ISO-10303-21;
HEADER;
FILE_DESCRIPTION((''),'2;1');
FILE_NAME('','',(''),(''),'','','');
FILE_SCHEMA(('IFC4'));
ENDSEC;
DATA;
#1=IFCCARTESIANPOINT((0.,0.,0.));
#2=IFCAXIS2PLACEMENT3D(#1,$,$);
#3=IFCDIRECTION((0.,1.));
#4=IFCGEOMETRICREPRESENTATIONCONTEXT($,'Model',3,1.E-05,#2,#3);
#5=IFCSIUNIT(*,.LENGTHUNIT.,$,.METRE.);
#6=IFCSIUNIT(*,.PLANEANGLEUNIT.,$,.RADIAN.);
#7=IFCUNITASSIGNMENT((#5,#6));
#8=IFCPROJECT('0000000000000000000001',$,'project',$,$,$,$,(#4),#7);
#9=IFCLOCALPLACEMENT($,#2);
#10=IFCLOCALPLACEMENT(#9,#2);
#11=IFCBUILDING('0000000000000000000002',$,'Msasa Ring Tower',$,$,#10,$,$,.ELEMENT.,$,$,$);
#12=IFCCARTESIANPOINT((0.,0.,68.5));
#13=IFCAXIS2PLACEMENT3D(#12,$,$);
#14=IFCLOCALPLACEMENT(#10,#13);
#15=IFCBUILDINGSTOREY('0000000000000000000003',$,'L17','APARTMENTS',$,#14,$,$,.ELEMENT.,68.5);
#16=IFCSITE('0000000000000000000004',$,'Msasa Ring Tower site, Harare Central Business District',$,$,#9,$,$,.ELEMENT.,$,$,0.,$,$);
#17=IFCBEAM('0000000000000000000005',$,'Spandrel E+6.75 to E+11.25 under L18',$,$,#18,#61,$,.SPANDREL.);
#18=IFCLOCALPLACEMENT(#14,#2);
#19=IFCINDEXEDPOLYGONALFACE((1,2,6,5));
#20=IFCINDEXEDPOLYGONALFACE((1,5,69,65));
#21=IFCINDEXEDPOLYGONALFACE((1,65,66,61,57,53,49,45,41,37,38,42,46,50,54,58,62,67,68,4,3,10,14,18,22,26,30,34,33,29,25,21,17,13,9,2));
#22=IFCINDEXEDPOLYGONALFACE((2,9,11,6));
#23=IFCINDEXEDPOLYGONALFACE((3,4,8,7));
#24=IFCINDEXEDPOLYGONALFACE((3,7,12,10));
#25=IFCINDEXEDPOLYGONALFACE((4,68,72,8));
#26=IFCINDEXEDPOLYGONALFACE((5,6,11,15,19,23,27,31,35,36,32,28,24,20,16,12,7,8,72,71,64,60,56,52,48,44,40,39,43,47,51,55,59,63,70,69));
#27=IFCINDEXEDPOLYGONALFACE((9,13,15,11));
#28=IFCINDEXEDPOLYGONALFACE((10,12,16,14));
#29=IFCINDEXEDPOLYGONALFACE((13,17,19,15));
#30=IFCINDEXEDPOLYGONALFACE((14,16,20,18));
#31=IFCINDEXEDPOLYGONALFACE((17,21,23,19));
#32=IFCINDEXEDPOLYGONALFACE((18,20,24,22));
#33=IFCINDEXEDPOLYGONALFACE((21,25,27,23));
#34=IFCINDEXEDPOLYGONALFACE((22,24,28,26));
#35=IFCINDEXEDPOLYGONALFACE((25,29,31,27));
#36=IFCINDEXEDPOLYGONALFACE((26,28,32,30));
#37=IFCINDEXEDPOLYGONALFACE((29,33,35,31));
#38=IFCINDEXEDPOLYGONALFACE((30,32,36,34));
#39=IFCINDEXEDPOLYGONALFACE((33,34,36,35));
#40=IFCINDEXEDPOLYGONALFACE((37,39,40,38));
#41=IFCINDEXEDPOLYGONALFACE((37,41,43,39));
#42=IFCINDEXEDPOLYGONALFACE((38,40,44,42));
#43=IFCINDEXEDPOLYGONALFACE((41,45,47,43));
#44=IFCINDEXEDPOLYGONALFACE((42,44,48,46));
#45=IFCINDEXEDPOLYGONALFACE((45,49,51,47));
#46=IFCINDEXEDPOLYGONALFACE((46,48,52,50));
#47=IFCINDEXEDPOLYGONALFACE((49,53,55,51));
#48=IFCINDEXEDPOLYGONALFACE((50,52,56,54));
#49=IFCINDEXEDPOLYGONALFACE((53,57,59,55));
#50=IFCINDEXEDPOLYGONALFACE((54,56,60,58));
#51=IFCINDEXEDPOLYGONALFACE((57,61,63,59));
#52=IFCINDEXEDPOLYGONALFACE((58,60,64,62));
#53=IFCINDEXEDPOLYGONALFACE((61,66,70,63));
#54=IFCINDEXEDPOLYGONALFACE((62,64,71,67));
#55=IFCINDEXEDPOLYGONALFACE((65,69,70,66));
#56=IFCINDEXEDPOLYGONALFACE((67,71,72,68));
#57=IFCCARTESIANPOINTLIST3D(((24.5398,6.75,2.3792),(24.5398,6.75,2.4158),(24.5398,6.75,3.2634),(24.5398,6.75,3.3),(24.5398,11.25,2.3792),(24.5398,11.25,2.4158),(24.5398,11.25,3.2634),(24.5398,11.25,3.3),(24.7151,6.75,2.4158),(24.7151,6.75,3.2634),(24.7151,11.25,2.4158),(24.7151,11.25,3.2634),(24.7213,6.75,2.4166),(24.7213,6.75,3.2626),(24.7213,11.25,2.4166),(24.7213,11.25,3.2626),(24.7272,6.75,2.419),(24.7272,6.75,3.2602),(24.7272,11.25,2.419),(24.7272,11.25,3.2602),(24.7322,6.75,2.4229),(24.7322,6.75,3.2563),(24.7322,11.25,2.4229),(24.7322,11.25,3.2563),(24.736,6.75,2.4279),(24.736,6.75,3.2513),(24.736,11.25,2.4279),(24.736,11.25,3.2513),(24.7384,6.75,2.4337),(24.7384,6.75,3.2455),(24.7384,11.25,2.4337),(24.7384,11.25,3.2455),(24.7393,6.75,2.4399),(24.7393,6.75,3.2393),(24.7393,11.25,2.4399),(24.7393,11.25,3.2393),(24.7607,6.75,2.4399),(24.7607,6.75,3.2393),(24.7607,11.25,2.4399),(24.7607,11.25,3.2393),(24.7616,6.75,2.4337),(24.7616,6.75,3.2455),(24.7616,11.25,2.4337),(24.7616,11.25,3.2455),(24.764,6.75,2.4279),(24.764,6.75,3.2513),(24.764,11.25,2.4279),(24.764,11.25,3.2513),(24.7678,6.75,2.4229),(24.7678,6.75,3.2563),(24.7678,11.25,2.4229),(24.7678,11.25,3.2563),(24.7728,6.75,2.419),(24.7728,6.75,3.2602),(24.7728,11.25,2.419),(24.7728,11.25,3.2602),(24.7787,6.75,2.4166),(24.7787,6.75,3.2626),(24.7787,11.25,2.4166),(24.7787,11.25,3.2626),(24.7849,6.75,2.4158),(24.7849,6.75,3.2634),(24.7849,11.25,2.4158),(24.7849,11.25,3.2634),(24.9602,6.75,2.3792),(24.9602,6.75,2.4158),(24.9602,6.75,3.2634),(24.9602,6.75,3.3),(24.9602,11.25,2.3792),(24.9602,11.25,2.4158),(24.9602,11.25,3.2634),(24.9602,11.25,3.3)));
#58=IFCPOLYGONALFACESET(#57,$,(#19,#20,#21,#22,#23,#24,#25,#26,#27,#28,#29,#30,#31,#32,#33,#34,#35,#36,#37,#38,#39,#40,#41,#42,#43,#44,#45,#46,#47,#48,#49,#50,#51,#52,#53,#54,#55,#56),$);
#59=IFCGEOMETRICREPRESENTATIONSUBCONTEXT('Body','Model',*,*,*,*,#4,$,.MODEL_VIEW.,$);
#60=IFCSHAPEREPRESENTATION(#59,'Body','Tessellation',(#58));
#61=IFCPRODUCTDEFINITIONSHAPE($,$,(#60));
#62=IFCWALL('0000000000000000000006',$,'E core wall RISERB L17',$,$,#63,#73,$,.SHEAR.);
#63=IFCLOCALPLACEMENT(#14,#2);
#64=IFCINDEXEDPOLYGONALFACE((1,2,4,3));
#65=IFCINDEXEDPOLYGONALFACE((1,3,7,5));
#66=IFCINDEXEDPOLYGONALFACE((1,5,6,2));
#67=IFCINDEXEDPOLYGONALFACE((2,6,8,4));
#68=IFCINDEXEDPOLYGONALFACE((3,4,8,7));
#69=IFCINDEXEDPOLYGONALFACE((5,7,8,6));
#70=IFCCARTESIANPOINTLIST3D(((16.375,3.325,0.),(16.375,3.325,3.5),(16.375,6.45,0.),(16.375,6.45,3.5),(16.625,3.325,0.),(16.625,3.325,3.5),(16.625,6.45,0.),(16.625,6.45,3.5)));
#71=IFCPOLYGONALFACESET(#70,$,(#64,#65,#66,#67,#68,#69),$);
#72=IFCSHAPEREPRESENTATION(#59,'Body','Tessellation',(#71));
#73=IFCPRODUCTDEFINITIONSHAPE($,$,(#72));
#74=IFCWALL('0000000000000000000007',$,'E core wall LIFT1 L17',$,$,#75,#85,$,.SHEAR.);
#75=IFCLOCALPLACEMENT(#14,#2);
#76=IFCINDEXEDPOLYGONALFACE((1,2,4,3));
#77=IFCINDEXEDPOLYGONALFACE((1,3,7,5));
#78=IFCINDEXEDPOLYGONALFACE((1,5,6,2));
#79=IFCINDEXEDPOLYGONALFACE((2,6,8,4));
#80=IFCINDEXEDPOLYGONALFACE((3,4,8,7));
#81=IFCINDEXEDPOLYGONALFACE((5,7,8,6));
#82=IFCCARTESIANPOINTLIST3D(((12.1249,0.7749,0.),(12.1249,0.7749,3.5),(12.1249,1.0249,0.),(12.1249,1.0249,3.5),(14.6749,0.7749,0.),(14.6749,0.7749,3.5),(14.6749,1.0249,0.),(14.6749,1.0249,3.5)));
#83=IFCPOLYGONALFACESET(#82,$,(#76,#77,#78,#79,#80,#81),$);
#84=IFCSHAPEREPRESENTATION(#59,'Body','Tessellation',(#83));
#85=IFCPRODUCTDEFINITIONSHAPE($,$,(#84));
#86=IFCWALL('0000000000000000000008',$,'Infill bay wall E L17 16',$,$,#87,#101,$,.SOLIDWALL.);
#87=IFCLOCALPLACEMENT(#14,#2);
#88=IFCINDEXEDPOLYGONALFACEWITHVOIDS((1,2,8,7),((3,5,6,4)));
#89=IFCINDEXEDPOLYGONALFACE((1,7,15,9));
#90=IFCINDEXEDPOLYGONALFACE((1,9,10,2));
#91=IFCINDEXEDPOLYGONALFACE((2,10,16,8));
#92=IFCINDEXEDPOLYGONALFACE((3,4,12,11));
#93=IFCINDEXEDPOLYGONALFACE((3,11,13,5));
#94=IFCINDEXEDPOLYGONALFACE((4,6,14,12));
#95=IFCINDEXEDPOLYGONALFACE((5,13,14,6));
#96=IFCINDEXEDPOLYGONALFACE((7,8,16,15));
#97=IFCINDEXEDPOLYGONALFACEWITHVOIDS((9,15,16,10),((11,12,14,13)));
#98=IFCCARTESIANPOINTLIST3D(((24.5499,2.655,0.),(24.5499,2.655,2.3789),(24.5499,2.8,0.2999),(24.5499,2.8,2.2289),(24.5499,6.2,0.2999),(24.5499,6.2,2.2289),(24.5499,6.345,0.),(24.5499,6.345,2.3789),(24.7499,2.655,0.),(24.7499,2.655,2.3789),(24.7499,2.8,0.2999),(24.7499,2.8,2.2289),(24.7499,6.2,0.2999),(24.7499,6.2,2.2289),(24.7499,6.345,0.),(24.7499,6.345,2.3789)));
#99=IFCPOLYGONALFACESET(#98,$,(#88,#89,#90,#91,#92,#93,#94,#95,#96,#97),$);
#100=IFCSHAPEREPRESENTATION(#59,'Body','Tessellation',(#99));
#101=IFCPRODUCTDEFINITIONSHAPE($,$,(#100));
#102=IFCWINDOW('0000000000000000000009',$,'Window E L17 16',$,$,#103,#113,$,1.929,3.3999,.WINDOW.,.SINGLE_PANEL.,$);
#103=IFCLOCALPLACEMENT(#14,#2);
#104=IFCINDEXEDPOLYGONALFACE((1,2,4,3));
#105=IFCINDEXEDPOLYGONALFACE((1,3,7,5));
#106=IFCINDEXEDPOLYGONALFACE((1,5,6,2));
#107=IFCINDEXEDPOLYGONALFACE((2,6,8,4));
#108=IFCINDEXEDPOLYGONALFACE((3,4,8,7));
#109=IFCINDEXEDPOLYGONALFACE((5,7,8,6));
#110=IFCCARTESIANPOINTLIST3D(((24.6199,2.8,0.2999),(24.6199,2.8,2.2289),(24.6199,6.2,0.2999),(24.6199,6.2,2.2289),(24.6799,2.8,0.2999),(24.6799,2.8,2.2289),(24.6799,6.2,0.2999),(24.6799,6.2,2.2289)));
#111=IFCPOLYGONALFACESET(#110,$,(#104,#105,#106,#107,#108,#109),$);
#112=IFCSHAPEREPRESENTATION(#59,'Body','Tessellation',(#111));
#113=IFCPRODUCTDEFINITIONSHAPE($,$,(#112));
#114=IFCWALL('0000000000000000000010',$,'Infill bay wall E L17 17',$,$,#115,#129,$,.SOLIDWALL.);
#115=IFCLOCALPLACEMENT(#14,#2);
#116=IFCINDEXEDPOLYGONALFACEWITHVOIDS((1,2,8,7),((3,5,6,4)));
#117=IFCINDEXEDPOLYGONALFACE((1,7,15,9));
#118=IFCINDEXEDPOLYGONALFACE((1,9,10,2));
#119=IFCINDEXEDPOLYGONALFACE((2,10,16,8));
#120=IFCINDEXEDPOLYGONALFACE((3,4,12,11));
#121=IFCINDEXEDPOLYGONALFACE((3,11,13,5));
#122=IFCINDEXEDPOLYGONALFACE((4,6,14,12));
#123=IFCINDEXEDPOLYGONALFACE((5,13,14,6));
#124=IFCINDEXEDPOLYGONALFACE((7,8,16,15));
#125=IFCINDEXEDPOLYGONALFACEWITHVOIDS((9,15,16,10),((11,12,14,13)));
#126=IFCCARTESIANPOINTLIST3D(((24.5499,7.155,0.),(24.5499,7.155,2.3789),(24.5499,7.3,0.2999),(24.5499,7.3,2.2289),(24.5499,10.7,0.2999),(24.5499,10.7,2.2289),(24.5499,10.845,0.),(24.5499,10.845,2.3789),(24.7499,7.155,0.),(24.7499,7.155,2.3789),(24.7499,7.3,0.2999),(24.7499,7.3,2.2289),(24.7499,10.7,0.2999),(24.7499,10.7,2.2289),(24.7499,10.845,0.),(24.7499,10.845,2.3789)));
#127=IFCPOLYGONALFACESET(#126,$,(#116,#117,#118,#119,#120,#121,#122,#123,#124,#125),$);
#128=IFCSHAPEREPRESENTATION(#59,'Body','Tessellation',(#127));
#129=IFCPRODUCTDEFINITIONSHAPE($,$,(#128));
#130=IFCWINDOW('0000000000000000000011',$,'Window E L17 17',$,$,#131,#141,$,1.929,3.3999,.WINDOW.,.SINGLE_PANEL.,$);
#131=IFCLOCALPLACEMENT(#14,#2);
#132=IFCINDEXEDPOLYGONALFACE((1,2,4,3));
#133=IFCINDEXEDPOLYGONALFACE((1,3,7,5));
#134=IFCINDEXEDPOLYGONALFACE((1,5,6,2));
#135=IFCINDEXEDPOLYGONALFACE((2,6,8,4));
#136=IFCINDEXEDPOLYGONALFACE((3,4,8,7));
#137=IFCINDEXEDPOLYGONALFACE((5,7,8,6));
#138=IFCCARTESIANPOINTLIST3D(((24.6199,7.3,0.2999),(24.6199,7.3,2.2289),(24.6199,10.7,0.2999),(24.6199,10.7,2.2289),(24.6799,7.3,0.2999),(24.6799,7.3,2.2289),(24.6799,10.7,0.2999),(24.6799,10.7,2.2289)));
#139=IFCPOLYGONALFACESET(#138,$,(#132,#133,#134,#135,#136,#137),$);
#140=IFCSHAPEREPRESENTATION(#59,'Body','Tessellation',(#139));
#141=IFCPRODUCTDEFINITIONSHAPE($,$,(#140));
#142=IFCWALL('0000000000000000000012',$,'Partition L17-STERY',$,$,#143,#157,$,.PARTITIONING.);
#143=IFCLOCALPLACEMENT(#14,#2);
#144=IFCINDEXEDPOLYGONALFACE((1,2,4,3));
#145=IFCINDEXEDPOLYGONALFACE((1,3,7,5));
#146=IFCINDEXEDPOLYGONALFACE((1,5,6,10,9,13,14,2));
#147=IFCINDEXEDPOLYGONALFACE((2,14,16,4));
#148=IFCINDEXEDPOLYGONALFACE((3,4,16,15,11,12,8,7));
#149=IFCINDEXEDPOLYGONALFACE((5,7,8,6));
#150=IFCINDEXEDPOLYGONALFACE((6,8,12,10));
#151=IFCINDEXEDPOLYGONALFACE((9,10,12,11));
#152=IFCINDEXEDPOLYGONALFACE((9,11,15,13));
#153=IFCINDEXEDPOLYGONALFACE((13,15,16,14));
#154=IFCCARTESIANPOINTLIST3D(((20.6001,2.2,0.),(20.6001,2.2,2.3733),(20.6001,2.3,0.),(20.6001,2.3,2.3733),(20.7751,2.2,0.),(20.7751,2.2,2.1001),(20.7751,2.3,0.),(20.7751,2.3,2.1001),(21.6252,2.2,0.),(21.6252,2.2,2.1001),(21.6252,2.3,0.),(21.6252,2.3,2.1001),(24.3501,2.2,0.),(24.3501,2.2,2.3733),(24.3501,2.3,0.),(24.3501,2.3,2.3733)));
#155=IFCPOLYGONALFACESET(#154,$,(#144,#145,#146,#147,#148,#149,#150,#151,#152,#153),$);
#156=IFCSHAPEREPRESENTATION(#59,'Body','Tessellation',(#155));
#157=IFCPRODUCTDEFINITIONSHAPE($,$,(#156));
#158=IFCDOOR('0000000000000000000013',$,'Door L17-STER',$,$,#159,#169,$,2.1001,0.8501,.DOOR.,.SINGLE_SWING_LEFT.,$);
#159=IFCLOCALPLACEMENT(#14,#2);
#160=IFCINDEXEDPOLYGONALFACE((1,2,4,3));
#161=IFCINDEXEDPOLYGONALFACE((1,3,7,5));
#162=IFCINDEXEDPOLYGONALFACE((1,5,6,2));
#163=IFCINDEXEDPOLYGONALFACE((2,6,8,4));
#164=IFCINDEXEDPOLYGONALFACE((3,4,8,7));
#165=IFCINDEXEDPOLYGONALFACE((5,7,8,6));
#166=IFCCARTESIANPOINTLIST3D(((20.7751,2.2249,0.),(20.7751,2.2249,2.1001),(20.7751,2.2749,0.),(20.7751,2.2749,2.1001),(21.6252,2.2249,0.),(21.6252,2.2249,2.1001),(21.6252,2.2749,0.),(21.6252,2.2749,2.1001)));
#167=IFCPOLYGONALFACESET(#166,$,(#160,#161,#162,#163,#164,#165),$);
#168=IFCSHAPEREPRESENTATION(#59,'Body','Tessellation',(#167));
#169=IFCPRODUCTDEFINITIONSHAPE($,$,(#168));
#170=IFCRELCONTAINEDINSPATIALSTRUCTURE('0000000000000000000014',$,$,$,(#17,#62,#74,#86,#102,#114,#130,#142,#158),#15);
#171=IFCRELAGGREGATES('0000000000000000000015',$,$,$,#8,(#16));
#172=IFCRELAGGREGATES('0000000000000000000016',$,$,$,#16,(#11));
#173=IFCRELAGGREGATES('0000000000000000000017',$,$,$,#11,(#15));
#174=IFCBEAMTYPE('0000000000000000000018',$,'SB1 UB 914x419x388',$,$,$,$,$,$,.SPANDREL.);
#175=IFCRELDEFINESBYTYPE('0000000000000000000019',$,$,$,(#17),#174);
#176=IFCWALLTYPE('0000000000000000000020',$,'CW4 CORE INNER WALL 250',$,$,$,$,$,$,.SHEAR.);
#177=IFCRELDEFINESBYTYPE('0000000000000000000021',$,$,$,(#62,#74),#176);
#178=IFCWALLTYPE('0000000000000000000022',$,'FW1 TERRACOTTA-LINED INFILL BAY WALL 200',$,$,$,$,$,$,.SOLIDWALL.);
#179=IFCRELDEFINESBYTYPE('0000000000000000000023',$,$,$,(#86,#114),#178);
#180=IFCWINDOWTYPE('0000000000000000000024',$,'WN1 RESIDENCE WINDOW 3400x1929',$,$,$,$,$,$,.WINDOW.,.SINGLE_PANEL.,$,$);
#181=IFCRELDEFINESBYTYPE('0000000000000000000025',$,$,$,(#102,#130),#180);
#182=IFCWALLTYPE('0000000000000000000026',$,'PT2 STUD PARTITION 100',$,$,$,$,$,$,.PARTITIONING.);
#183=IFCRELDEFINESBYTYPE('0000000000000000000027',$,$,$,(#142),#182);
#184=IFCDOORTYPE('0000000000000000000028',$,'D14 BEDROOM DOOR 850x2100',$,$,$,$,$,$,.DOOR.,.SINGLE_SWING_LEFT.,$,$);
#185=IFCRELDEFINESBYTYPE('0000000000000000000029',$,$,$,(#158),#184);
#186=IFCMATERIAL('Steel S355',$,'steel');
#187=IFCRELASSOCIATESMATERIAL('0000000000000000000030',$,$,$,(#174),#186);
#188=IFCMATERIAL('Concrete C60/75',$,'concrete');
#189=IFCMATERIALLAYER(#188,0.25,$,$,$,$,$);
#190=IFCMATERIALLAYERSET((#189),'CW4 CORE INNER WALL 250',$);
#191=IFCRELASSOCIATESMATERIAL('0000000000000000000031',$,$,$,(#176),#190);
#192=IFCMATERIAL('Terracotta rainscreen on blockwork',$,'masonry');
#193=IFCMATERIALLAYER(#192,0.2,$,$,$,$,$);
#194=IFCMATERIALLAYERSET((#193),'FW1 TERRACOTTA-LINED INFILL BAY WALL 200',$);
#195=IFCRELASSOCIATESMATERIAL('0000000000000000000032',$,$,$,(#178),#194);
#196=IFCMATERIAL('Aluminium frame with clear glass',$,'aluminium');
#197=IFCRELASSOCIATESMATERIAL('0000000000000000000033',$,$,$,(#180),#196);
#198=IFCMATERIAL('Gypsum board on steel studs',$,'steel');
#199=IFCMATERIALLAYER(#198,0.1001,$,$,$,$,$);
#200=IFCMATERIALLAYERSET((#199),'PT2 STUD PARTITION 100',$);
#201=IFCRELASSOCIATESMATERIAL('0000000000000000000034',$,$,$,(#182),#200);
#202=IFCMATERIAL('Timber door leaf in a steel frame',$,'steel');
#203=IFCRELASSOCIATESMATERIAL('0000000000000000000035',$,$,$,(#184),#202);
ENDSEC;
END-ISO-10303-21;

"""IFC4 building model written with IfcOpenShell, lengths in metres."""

from ifc_helpers import new_model, si_unit, direction, frame, frame_2d, origin, origin_2d, place, context, subcontext, project, spatial, rectangle, i_section, extrude, material, layer, layer_set, material_profile, profile_set, type_object, element, fill, save


model = new_model("IFC4")

# Units and contexts
model_context = context("Model", 3, precision=1e-05, world=origin(), true_north=direction((0.0, 1.0)))
body_context = subcontext(model_context, "Body", "Model", "MODEL_VIEW")
ifc_project = project(units=[si_unit("LENGTHUNIT", "METRE"), si_unit("PLANEANGLEUNIT", "RADIAN")], contexts=[model_context])

# Site, building, storey
site_placement = place(None, origin())
site = spatial("IfcSite", under=ifc_project, at=site_placement, Name="Msasa Ring Tower site, Harare Central Business District", CompositionType="ELEMENT", RefElevation=0.0)
building_placement = place(site_placement, origin())
building = spatial("IfcBuilding", under=site, at=building_placement, Name="Msasa Ring Tower", CompositionType="ELEMENT")
storey_placement = place(building_placement, frame((0.0, 0.0, 68.5)))
storey = spatial("IfcBuildingStorey", under=building, at=storey_placement, Name="L17", Description="APARTMENTS", CompositionType="ELEMENT", Elevation=68.5)

# Beam
ifc_material_1 = material(Name="Steel S355", Category="steel")
ifc_material_profile_1 = material_profile(ifc_material_1, i_section(OverallWidth=0.4204, OverallDepth=0.9209, WebThickness=0.0215, FlangeThickness=0.0366, FilletRadius=0.0242, at=origin_2d()), Name="UB 914x419x388")
ifc_profile_set_1 = profile_set([ifc_material_profile_1], Name="Steel S355")
beam_type_1 = type_object("IfcBeamType", Name="SB1 UB 914x419x388", PredefinedType="SPANDREL", material=ifc_profile_set_1)
for number, where, z_axis, x_axis, name in (
    (1, (24.75, 6.75, 2.8396), (0.0, 1.0, 0.0), (-1.0, 0.0, 0.0), "Spandrel E+6.75 to E+11.25 under L18"),
):
    element("IfcBeam", number, at=place(storey_placement, frame(where, z_axis=z_axis, x_axis=x_axis)), inside=storey, type_object=beam_type_1, Name=name, PredefinedType="SPANDREL", context=body_context, shape_type="SweptSolid", body=[
        extrude(i_section(OverallWidth=0.4204, OverallDepth=0.9209, WebThickness=0.0215, FlangeThickness=0.0366, FilletRadius=0.0242, at=origin_2d()), origin(), (0.0, 0.0, 1.0), 4.5),
    ])

# Walls
ifc_material_2 = material(Name="Concrete C60/75", Category="concrete")
ifc_layer_1 = layer(ifc_material_2, 0.25)
ifc_layer_set_1 = layer_set([ifc_layer_1], Name="CW4 CORE INNER WALL 250")
wall_type_1 = type_object("IfcWallType", Name="CW4 CORE INNER WALL 250", PredefinedType="SHEAR", material=ifc_layer_set_1)
wall_1_placement = place(storey_placement, frame((16.5, 3.325, 0.0), z_axis=(0.0, 0.0, 1.0), x_axis=(0.0, 1.0, 0.0)))
element("IfcWall", 2, at=wall_1_placement, inside=storey, type_object=wall_type_1, Name="E core wall RISERB L17", PredefinedType="SHEAR", context=body_context, shape_type="SweptSolid", body=[
    extrude(rectangle(XDim=3.125, YDim=0.25, at=frame_2d((1.5625, 0.0))), origin(), (0.0, 0.0, 1.0), 3.5),
])
wall_2_placement = place(storey_placement, frame((12.125, 0.8999, 0.0), z_axis=(0.0, 0.0, 1.0), x_axis=(1.0, 0.0, 0.0)))
element("IfcWall", 3, at=wall_2_placement, inside=storey, type_object=wall_type_1, Name="E core wall LIFT1 L17", PredefinedType="SHEAR", context=body_context, shape_type="SweptSolid", body=[
    extrude(rectangle(XDim=2.55, YDim=0.25, at=frame_2d((1.2749, 0.0))), origin(), (0.0, 0.0, 1.0), 3.5),
])

# Walls, openings, windows
ifc_material_3 = material(Name="Terracotta rainscreen on blockwork", Category="masonry")
ifc_layer_2 = layer(ifc_material_3, 0.2)
ifc_layer_set_2 = layer_set([ifc_layer_2], Name="FW1 TERRACOTTA-LINED INFILL BAY WALL 200")
wall_type_2 = type_object("IfcWallType", Name="FW1 TERRACOTTA-LINED INFILL BAY WALL 200", PredefinedType="SOLIDWALL", material=ifc_layer_set_2)
wall_3_placement = place(storey_placement, frame((24.6499, 2.655, 0.0), z_axis=(0.0, 0.0, 1.0), x_axis=(0.0, 1.0, 0.0)))
wall_3 = element("IfcWall", 4, at=wall_3_placement, inside=storey, type_object=wall_type_2, Name="Infill bay wall E L17 16", PredefinedType="SOLIDWALL", context=body_context, shape_type="SweptSolid", body=[
    extrude(rectangle(XDim=3.6899, YDim=0.2, at=frame_2d((1.845, 0.0))), origin(), (0.0, 0.0, 1.0), 2.3789),
])
opening_1_placement = place(wall_3_placement, frame((0.145, 0.0, 0.3)))
opening_1 = element("IfcOpeningElement", 5, at=opening_1_placement, cuts=wall_3, PredefinedType="OPENING", context=body_context, shape_type="SweptSolid", body=[
    extrude(rectangle(XDim=3.3999, YDim=1.929, at=frame_2d((1.7, 0.9644))), frame((0.0, 0.1099, 0.0), z_axis=(0.0, -1.0, 0.0), x_axis=(1.0, 0.0, 0.0)), (0.0, 0.0, 1.0), 0.22),
])
ifc_material_4 = material(Name="Aluminium frame with clear glass", Category="aluminium")
window_type = type_object("IfcWindowType", Name="WN1 RESIDENCE WINDOW 3400x1929", PartitioningType="SINGLE_PANEL", PredefinedType="WINDOW", material=ifc_material_4)
window_1_placement = place(opening_1_placement, origin())
window_1 = element("IfcWindow", 6, at=window_1_placement, inside=storey, type_object=window_type, Name="Window E L17 16", OverallHeight=1.929, OverallWidth=3.3999, PartitioningType="SINGLE_PANEL", PredefinedType="WINDOW", context=body_context, shape_type="SweptSolid", body=[
    extrude(rectangle(XDim=3.3999, YDim=1.929, at=frame_2d((1.7, 0.9644))), frame((0.0, 0.03, 0.0), z_axis=(0.0, -1.0, 0.0), x_axis=(1.0, 0.0, 0.0)), (0.0, 0.0, 1.0), 0.0601),
])
fill(opening_1, window_1)
wall_4_placement = place(storey_placement, frame((24.6499, 7.155, 0.0), z_axis=(0.0, 0.0, 1.0), x_axis=(0.0, 1.0, 0.0)))
wall_4 = element("IfcWall", 7, at=wall_4_placement, inside=storey, type_object=wall_type_2, Name="Infill bay wall E L17 17", PredefinedType="SOLIDWALL", context=body_context, shape_type="SweptSolid", body=[
    extrude(rectangle(XDim=3.6899, YDim=0.2, at=frame_2d((1.845, 0.0))), origin(), (0.0, 0.0, 1.0), 2.3789),
])
opening_2_placement = place(wall_4_placement, frame((0.145, 0.0, 0.3)))
opening_2 = element("IfcOpeningElement", 8, at=opening_2_placement, cuts=wall_4, PredefinedType="OPENING", context=body_context, shape_type="SweptSolid", body=[
    extrude(rectangle(XDim=3.3999, YDim=1.929, at=frame_2d((1.7, 0.9644))), frame((0.0, 0.1099, 0.0), z_axis=(0.0, -1.0, 0.0), x_axis=(1.0, 0.0, 0.0)), (0.0, 0.0, 1.0), 0.22),
])
window_2_placement = place(opening_2_placement, origin())
window_2 = element("IfcWindow", 9, at=window_2_placement, inside=storey, type_object=window_type, Name="Window E L17 17", OverallHeight=1.929, OverallWidth=3.3999, PartitioningType="SINGLE_PANEL", PredefinedType="WINDOW", context=body_context, shape_type="SweptSolid", body=[
    extrude(rectangle(XDim=3.3999, YDim=1.929, at=frame_2d((1.7, 0.9644))), frame((0.0, 0.03, 0.0), z_axis=(0.0, -1.0, 0.0), x_axis=(1.0, 0.0, 0.0)), (0.0, 0.0, 1.0), 0.0601),
])
fill(opening_2, window_2)

# Wall, opening, door
ifc_material_5 = material(Name="Gypsum board on steel studs", Category="steel")
ifc_layer_3 = layer(ifc_material_5, 0.1001)
ifc_layer_set_3 = layer_set([ifc_layer_3], Name="PT2 STUD PARTITION 100")
wall_type_3 = type_object("IfcWallType", Name="PT2 STUD PARTITION 100", PredefinedType="PARTITIONING", material=ifc_layer_set_3)
wall_5_placement = place(storey_placement, frame((20.6001, 2.25, 0.0), z_axis=(0.0, 0.0, 1.0), x_axis=(1.0, 0.0, 0.0)))
wall_5 = element("IfcWall", 10, at=wall_5_placement, inside=storey, type_object=wall_type_3, Name="Partition L17-STERY", PredefinedType="PARTITIONING", context=body_context, shape_type="SweptSolid", body=[
    extrude(rectangle(XDim=3.75, YDim=0.1001, at=frame_2d((1.875, 0.0))), origin(), (0.0, 0.0, 1.0), 2.3733),
])
opening_3_placement = place(wall_5_placement, frame((0.175, 0.0, 0.0)))
opening_3 = element("IfcOpeningElement", 11, at=opening_3_placement, cuts=wall_5, PredefinedType="OPENING", context=body_context, shape_type="SweptSolid", body=[
    extrude(rectangle(XDim=0.8501, YDim=2.1001, at=frame_2d((0.425, 1.05))), frame((0.0, 0.0601, 0.0), z_axis=(0.0, -1.0, 0.0), x_axis=(1.0, 0.0, 0.0)), (0.0, 0.0, 1.0), 0.1201),
])
ifc_material_6 = material(Name="Timber door leaf in a steel frame", Category="steel")
door_type_1 = type_object("IfcDoorType", Name="D14 BEDROOM DOOR 850x2100", OperationType="SINGLE_SWING_LEFT", PredefinedType="DOOR", material=ifc_material_6)
door_1_placement = place(opening_3_placement, origin())
door_1 = element("IfcDoor", 12, at=door_1_placement, inside=storey, type_object=door_type_1, Name="Door L17-STER", OperationType="SINGLE_SWING_LEFT", OverallHeight=2.1001, OverallWidth=0.8501, PredefinedType="DOOR", context=body_context, shape_type="SweptSolid", body=[
    extrude(rectangle(XDim=0.8501, YDim=2.1001, at=frame_2d((0.425, 1.05))), frame((0.0, 0.0249, 0.0), z_axis=(0.0, -1.0, 0.0), x_axis=(1.0, 0.0, 0.0)), (0.0, 0.0, 1.0), 0.05),
])
fill(opening_3, door_1)

save(model, "model.ifc")
